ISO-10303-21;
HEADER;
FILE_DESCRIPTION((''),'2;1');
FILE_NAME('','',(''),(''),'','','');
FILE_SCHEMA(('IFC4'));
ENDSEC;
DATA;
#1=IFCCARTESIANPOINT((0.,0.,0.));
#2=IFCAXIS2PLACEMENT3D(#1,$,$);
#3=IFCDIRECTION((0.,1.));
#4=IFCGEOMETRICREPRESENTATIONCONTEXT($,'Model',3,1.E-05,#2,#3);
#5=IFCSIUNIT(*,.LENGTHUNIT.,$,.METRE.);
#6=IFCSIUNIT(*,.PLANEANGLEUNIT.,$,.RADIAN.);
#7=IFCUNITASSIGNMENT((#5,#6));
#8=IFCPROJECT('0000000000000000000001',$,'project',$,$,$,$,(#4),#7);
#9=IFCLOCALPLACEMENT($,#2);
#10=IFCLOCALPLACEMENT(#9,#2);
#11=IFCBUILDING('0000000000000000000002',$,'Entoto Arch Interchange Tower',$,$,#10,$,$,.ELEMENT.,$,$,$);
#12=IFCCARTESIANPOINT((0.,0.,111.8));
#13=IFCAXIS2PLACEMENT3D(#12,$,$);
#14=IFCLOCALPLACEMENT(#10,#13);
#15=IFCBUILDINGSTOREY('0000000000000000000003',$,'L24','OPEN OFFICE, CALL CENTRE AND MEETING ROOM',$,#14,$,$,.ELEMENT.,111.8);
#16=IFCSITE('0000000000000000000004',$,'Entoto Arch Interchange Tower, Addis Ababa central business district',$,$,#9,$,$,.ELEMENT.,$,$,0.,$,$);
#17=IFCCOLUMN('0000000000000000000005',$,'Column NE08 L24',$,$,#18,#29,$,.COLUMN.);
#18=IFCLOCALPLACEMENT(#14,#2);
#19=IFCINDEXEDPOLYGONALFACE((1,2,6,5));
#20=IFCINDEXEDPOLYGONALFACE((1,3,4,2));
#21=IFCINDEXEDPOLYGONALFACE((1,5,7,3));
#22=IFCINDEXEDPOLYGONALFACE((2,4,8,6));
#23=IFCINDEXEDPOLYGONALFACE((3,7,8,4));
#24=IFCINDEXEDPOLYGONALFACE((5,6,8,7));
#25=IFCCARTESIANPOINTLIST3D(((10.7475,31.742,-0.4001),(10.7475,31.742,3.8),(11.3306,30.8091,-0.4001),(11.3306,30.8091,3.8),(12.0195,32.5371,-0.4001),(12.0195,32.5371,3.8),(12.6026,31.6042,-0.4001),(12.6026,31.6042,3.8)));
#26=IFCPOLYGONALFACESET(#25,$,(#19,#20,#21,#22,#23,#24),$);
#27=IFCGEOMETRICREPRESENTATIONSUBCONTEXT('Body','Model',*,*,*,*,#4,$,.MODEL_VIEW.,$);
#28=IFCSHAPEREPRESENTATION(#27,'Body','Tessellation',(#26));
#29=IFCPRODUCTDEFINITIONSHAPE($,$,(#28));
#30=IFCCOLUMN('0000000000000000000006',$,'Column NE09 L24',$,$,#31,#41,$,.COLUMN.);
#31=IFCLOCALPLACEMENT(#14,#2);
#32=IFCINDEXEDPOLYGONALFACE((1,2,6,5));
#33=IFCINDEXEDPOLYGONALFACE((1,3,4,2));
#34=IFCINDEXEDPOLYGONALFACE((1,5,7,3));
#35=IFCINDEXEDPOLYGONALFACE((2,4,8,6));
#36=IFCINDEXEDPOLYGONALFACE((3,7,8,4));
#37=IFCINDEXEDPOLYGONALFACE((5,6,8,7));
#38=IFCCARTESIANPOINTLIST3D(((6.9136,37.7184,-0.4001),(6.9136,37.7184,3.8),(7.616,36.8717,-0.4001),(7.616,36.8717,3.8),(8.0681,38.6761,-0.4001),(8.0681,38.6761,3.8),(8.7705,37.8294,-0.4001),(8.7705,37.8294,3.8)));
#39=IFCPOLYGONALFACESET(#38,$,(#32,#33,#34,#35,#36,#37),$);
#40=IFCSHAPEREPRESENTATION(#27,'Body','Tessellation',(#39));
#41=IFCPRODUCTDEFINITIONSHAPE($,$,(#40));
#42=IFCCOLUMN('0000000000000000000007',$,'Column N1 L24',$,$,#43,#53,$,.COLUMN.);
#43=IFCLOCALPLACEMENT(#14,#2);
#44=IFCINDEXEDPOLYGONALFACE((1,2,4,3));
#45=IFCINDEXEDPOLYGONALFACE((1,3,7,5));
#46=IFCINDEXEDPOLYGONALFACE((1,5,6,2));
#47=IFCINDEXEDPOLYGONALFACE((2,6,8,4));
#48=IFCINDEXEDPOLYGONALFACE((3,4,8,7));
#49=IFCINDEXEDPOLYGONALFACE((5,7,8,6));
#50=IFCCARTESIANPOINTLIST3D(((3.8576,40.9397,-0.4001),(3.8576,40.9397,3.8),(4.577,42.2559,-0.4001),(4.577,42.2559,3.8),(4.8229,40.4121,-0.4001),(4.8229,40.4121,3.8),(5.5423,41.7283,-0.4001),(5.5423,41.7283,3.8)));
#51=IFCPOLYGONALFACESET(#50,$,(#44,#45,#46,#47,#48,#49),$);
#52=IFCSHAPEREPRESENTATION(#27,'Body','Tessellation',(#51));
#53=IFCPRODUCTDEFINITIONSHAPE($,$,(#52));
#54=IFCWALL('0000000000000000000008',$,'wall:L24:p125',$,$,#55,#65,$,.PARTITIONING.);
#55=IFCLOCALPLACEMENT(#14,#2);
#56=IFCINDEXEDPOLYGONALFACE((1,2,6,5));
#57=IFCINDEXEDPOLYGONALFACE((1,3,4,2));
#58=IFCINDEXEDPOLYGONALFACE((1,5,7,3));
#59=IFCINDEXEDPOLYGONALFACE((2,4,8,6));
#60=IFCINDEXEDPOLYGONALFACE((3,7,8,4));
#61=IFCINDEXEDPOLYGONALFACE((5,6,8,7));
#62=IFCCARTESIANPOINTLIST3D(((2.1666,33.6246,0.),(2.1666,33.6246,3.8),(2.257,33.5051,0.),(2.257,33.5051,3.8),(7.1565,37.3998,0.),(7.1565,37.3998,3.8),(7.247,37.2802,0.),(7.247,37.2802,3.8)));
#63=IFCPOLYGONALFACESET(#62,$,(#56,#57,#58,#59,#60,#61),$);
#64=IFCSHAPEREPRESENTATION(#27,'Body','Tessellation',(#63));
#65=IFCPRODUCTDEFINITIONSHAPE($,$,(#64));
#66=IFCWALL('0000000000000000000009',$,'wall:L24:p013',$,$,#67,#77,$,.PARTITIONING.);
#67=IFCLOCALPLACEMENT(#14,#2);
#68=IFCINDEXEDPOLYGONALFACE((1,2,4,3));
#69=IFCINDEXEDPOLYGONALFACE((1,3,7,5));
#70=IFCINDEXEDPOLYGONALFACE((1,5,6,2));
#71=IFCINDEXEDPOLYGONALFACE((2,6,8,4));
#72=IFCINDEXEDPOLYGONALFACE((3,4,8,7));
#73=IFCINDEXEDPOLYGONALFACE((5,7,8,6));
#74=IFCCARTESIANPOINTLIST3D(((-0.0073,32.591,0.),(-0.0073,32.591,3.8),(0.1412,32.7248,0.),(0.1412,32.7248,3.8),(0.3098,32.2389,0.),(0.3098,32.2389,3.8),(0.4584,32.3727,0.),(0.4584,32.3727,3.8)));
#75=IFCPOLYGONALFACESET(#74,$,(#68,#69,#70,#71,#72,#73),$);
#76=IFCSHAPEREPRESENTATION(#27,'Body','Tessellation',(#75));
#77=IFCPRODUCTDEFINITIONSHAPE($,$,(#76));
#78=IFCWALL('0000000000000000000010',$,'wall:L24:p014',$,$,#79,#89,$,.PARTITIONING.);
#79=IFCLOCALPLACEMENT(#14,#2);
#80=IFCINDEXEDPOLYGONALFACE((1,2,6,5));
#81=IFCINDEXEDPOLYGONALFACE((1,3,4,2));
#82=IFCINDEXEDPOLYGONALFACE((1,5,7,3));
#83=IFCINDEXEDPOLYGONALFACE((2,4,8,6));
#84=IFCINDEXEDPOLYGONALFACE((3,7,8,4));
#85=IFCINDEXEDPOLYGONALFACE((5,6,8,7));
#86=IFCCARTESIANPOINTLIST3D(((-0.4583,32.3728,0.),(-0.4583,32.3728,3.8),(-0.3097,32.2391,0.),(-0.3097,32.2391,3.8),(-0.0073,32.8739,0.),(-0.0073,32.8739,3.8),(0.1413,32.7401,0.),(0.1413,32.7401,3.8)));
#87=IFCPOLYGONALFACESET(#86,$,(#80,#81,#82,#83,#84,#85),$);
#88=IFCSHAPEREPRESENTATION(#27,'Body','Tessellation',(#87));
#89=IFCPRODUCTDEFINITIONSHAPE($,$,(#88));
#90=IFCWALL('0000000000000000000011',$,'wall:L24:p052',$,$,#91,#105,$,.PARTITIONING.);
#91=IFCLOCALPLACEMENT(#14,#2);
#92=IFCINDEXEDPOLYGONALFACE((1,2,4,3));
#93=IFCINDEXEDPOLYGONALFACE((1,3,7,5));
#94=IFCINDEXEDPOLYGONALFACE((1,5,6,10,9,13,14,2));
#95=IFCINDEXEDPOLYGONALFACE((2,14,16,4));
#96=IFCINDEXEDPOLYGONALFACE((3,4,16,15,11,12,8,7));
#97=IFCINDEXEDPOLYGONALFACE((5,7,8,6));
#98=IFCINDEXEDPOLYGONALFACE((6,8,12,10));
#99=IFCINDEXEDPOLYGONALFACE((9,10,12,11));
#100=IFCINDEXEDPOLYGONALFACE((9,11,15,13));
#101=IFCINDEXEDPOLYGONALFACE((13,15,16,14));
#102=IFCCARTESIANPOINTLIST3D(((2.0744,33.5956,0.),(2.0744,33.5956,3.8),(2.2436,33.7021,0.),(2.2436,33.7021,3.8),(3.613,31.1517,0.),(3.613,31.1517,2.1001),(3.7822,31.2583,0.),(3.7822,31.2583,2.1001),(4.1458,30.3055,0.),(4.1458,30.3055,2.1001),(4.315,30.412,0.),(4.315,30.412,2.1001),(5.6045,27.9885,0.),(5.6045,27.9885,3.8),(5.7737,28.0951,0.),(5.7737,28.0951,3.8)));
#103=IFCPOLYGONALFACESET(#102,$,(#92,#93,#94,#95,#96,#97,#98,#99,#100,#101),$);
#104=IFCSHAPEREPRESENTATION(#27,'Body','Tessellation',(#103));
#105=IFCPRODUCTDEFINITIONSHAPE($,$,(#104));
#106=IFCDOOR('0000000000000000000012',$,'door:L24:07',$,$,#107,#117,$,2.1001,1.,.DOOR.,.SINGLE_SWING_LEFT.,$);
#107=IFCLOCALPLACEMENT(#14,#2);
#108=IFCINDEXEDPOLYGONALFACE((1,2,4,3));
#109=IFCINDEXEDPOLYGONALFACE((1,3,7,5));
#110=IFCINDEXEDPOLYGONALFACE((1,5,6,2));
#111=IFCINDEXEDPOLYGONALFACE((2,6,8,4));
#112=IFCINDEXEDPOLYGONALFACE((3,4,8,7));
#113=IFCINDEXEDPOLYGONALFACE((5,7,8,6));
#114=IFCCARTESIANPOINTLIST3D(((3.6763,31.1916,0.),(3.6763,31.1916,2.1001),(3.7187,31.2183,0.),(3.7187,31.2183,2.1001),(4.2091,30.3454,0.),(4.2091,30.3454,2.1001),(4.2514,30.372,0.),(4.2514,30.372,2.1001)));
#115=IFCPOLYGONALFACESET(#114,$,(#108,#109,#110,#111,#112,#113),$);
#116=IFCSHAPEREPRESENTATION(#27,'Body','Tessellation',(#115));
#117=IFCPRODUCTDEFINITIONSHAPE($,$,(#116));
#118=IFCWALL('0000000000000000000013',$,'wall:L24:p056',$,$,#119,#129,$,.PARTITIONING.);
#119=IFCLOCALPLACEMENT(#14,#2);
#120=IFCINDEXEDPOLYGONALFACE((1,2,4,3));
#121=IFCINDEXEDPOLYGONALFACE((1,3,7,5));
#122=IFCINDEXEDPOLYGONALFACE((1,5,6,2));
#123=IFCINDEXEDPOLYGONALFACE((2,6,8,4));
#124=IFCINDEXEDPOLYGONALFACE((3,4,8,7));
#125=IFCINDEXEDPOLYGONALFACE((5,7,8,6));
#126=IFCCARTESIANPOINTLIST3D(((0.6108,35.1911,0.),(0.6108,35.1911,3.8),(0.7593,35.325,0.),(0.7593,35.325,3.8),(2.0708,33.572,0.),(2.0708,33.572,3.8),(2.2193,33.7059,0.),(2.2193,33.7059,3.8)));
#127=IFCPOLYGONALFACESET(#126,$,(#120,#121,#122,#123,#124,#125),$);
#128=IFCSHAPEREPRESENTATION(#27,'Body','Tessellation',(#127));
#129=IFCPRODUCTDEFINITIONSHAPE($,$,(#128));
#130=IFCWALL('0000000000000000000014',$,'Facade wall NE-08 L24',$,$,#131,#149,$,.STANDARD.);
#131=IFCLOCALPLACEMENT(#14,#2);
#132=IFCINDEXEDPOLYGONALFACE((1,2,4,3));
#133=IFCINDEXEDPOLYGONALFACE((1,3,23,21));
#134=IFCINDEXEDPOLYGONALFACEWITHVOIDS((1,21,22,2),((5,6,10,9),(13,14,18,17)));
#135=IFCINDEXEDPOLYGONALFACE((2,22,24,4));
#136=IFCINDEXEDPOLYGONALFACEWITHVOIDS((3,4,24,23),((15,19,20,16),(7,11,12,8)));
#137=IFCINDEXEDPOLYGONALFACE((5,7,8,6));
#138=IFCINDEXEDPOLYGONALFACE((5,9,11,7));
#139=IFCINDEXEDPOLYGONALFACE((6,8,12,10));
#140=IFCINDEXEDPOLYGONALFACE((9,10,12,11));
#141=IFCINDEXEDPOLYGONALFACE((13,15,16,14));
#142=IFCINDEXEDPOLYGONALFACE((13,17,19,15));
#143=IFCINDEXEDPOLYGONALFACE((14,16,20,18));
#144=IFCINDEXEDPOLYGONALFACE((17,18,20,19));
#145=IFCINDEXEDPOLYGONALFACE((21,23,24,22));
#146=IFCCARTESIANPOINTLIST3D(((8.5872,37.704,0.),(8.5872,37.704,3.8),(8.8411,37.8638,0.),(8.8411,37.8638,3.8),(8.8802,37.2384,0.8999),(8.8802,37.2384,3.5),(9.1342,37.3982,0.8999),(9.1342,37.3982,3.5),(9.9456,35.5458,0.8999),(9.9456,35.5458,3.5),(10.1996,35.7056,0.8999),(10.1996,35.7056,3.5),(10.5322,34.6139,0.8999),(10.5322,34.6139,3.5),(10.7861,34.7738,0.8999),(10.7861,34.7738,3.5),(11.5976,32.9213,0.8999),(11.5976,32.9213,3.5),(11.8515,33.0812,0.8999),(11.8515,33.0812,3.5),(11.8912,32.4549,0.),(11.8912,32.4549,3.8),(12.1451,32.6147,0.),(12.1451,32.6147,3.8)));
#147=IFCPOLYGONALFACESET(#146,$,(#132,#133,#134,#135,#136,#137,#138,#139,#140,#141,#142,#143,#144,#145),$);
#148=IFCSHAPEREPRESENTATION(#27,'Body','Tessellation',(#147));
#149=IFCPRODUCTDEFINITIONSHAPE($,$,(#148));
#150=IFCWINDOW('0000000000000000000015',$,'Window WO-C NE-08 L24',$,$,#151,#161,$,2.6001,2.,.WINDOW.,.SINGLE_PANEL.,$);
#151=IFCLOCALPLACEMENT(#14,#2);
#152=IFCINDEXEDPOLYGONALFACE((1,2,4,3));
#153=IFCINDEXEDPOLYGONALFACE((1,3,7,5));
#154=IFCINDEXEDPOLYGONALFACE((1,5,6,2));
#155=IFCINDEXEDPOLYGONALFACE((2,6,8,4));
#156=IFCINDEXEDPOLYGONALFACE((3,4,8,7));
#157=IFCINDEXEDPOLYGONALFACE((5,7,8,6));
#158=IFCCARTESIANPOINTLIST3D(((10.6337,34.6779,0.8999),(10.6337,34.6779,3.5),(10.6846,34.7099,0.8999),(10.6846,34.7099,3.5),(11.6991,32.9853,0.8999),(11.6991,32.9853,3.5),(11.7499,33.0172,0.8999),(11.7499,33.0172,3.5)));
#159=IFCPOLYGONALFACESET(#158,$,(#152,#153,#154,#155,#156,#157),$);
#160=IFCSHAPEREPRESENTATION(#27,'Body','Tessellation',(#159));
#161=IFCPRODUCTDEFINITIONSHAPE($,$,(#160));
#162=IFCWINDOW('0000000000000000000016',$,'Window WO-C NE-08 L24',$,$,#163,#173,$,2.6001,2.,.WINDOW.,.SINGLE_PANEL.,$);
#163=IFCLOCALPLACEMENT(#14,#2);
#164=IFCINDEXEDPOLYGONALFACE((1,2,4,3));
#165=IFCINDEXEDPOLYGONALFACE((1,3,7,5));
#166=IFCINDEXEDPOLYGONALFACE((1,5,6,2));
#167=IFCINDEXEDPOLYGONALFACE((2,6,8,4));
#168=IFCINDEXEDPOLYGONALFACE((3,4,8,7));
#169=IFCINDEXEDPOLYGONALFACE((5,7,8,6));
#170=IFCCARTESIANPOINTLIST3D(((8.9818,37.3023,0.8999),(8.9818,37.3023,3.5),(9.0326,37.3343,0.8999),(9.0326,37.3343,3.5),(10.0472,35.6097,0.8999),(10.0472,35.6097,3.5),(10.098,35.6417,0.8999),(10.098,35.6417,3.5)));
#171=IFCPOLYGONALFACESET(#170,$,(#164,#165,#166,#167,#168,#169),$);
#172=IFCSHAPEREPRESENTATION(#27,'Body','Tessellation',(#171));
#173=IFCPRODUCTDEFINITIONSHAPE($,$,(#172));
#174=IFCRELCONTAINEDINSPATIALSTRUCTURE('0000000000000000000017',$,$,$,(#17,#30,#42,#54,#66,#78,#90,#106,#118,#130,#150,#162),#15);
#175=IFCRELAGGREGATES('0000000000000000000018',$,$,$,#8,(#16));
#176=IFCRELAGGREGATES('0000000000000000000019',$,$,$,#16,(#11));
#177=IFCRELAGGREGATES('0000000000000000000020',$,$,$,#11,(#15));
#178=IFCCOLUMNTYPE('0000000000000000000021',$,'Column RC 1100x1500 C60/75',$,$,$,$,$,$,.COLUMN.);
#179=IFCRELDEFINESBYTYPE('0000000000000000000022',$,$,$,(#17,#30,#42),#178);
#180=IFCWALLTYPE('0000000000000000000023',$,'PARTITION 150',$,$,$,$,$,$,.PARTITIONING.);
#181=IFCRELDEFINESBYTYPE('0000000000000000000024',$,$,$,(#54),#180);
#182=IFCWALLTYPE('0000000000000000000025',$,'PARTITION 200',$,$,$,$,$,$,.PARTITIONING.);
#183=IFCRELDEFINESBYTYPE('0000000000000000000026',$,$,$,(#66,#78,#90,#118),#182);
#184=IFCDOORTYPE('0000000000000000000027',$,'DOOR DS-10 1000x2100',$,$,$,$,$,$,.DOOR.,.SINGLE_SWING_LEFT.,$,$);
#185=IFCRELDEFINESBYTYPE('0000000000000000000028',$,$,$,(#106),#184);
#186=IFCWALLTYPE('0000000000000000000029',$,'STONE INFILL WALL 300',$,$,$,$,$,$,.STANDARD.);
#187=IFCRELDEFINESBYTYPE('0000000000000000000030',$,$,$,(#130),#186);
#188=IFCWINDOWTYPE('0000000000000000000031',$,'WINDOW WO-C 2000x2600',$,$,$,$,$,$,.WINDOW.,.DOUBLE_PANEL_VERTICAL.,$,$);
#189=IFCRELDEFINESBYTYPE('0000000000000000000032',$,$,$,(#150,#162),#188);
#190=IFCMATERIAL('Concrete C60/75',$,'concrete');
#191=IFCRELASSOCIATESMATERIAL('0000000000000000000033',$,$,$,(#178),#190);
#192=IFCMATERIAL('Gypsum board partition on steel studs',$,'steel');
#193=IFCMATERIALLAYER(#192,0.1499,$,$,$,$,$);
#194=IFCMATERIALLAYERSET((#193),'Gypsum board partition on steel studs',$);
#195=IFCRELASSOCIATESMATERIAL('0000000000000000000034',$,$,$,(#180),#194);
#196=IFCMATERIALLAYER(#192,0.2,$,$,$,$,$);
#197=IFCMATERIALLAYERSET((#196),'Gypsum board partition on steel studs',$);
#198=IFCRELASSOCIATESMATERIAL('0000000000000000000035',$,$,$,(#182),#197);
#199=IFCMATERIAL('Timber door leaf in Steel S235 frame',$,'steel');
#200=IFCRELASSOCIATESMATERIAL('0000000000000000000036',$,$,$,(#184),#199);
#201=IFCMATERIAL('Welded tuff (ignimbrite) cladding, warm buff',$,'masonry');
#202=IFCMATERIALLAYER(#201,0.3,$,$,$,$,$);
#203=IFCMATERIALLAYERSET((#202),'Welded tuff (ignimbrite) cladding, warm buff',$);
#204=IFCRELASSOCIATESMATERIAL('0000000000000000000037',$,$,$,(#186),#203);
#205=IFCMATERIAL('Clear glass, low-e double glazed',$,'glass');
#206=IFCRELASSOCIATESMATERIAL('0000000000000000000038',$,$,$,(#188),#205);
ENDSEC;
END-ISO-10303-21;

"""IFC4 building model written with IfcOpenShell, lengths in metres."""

from ifc_helpers import new_model, si_unit, direction, frame, frame_2d, origin, origin_2d, place, context, subcontext, project, spatial, rectangle, extrude, material, layer, layer_set, material_profile, profile_set, type_object, element, fill, save


model = new_model("IFC4")

# Units and contexts
model_context = context("Model", 3, precision=1e-05, world=origin(), true_north=direction((0.0, 1.0)))
body_context = subcontext(model_context, "Body", "Model", "MODEL_VIEW")
ifc_project = project(units=[si_unit("LENGTHUNIT", "METRE"), si_unit("PLANEANGLEUNIT", "RADIAN")], contexts=[model_context])

# Site, building, storey
site_placement = place(None, origin())
site = spatial("IfcSite", under=ifc_project, at=site_placement, Name="Entoto Arch Interchange Tower, Addis Ababa central business district", CompositionType="ELEMENT", RefElevation=0.0)
building_placement = place(site_placement, origin())
building = spatial("IfcBuilding", under=site, at=building_placement, Name="Entoto Arch Interchange Tower", CompositionType="ELEMENT")
storey_placement = place(building_placement, frame((0.0, 0.0, 111.8)))
storey = spatial("IfcBuildingStorey", under=building, at=storey_placement, Name="L24", Description="OPEN OFFICE, CALL CENTRE AND MEETING ROOM", CompositionType="ELEMENT", Elevation=111.8)

# Columns
ifc_material_1 = material(Name="Concrete C60/75", Category="concrete")
ifc_material_profile = material_profile(ifc_material_1, rectangle(XDim=1.1001, YDim=1.5, at=origin_2d()))
ifc_profile_set = profile_set([ifc_material_profile], Name="Concrete C60/75")
column_type = type_object("IfcColumnType", Name="Column RC 1100x1500 C60/75", PredefinedType="COLUMN", material=ifc_profile_set)
for number, where, z_axis, x_axis, name in (
    (1, (11.675, 31.6731, -0.4001), (0.0, 0.0, 1.0), (-0.530067, 0.847956, 0.0), "Column NE08 L24"),
    (2, (7.842, 37.7739, -0.4001), (0.0, 0.0, 1.0), (-0.638459, 0.769656, 0.0), "Column NE09 L24"),
    (3, (4.7, 41.334, -0.4001), (0.0, 0.0, 1.0), (-0.877481, 0.479611, 0.0), "Column N1 L24"),
):
    element("IfcColumn", number, at=place(storey_placement, frame(where, z_axis=z_axis, x_axis=x_axis)), inside=storey, type_object=column_type, Name=name, PredefinedType="COLUMN", context=body_context, shape_type="SweptSolid", body=[
        extrude(rectangle(XDim=1.1001, YDim=1.5, at=origin_2d()), origin(), (0.0, 0.0, 1.0), 4.2002),
    ])

# Walls
ifc_material_2 = material(Name="Gypsum board partition on steel studs", Category="steel")
ifc_layer_1 = layer(ifc_material_2, 0.1499)
ifc_layer_set_1 = layer_set([ifc_layer_1], Name="Gypsum board partition on steel studs")
wall_type_1 = type_object("IfcWallType", Name="PARTITION 150", PredefinedType="PARTITIONING", material=ifc_layer_set_1)
wall_1_placement = place(storey_placement, frame((2.2119, 33.5649, 0.0), z_axis=(0.0, 0.0, 1.0), x_axis=(0.797488, 0.603335, 0.0)))
element("IfcWall", 4, at=wall_1_placement, inside=storey, type_object=wall_type_1, Name="wall:L24:p125", PredefinedType="PARTITIONING", context=body_context, shape_type="SweptSolid", body=[
    extrude(rectangle(XDim=6.2571, YDim=0.1499, at=frame_2d((3.1284, 0.0))), origin(), (0.0, 0.0, 1.0), 3.8),
])
ifc_layer_2 = layer(ifc_material_2, 0.2)
ifc_layer_set_2 = layer_set([ifc_layer_2], Name="Gypsum board partition on steel studs")
wall_type_2 = type_object("IfcWallType", Name="PARTITION 200", PredefinedType="PARTITIONING", material=ifc_layer_set_2)
wall_2_placement = place(storey_placement, frame((0.384, 32.3059, 0.0), z_axis=(0.0, 0.0, 1.0), x_axis=(-0.669306, 0.742987, 0.0)))
element("IfcWall", 5, at=wall_2_placement, inside=storey, type_object=wall_type_2, Name="wall:L24:p013", PredefinedType="PARTITIONING", context=body_context, shape_type="SweptSolid", body=[
    extrude(rectangle(XDim=0.4739, YDim=0.2, at=frame_2d((0.2368, 0.0))), origin(), (0.0, 0.0, 1.0), 3.8),
])
wall_3_placement = place(storey_placement, frame((0.0669, 32.8069, 0.0), z_axis=(0.0, 0.0, 1.0), x_axis=(-0.669005, -0.743258, 0.0)))
element("IfcWall", 6, at=wall_3_placement, inside=storey, type_object=wall_type_2, Name="wall:L24:p014", PredefinedType="PARTITIONING", context=body_context, shape_type="SweptSolid", body=[
    extrude(rectangle(XDim=0.6741, YDim=0.2, at=frame_2d((0.3369, 0.0))), origin(), (0.0, 0.0, 1.0), 3.8),
])

# Wall, opening, door
wall_4_placement = place(storey_placement, frame((2.1589, 33.6489, 0.0), z_axis=(0.0, 0.0, 1.0), x_axis=(0.532785, -0.846251, 0.0)))
wall_4 = element("IfcWall", 7, at=wall_4_placement, inside=storey, type_object=wall_type_2, Name="wall:L24:p052", PredefinedType="PARTITIONING", context=body_context, shape_type="SweptSolid", body=[
    extrude(rectangle(XDim=6.6257, YDim=0.2, at=frame_2d((3.313, 0.0))), origin(), (0.0, 0.0, 1.0), 3.8),
])
opening_1_placement = place(wall_4_placement, frame((2.8879, 0.0, 0.0)))
opening_1 = element("IfcOpeningElement", 8, at=opening_1_placement, cuts=wall_4, PredefinedType="OPENING", context=body_context, shape_type="SweptSolid", body=[
    extrude(rectangle(XDim=1.0, YDim=2.1001, at=frame_2d((0.5, 1.05))), frame((0.0, 0.1099, 0.0), z_axis=(0.0, -1.0, 0.0), x_axis=(1.0, 0.0, 0.0)), (0.0, 0.0, 1.0), 0.22),
])
ifc_material_3 = material(Name="Timber door leaf in Steel S235 frame", Category="steel")
door_type = type_object("IfcDoorType", Name="DOOR DS-10 1000x2100", OperationType="SINGLE_SWING_LEFT", PredefinedType="DOOR", material=ifc_material_3)
door_placement = place(opening_1_placement, origin())
door = element("IfcDoor", 9, at=door_placement, inside=storey, type_object=door_type, Name="door:L24:07", OperationType="SINGLE_SWING_LEFT", OverallHeight=2.1001, OverallWidth=1.0, PredefinedType="DOOR", context=body_context, shape_type="SweptSolid", body=[
    extrude(rectangle(XDim=1.0, YDim=2.1001, at=frame_2d((0.5, 1.05))), frame((0.0, 0.0249, 0.0), z_axis=(0.0, -1.0, 0.0), x_axis=(1.0, 0.0, 0.0)), (0.0, 0.0, 1.0), 0.05),
])
fill(opening_1, door)

# Wall
wall_5_placement = place(storey_placement, frame((0.6851, 35.2581, 0.0), z_axis=(0.0, 0.0, 1.0), x_axis=(0.669657, -0.74267, 0.0)))
element("IfcWall", 10, at=wall_5_placement, inside=storey, type_object=wall_type_2, Name="wall:L24:p056", PredefinedType="PARTITIONING", context=body_context, shape_type="SweptSolid", body=[
    extrude(rectangle(XDim=2.1802, YDim=0.2, at=frame_2d((1.0901, 0.0))), origin(), (0.0, 0.0, 1.0), 3.8),
])

# Wall, openings, windows
ifc_material_4 = material(Name="Welded tuff (ignimbrite) cladding, warm buff", Category="masonry")
ifc_layer_3 = layer(ifc_material_4, 0.3)
ifc_layer_set_3 = layer_set([ifc_layer_3], Name="Welded tuff (ignimbrite) cladding, warm buff")
wall_type_3 = type_object("IfcWallType", Name="STONE INFILL WALL 300", PredefinedType="STANDARD", material=ifc_layer_set_3)
wall_6_placement = place(storey_placement, frame((12.0181, 32.5349, 0.0), z_axis=(0.0, 0.0, 1.0), x_axis=(-0.532699, 0.846304, 0.0)))
wall_6 = element("IfcWall", 11, at=wall_6_placement, inside=storey, type_object=wall_type_3, Name="Facade wall NE-08 L24", PredefinedType="STANDARD", context=body_context, shape_type="SweptSolid", body=[
    extrude(rectangle(XDim=6.2024, YDim=0.3, at=frame_2d((3.1011, 0.0))), origin(), (0.0, 0.0, 1.0), 3.8),
])
opening_2_placement = place(wall_6_placement, frame((0.551, 0.0, 0.8999)))
opening_2 = element("IfcOpeningElement", 12, at=opening_2_placement, cuts=wall_6, PredefinedType="OPENING", context=body_context, shape_type="SweptSolid", body=[
    extrude(rectangle(XDim=2.0, YDim=2.6001, at=frame_2d((1.0, 1.3))), frame((0.0, 0.1602, 0.0), z_axis=(0.0, -1.0, 0.0), x_axis=(1.0, 0.0, 0.0)), (0.0, 0.0, 1.0), 0.3201),
])
opening_3_placement = place(wall_6_placement, frame((3.6521, 0.0, 0.8999)))
opening_3 = element("IfcOpeningElement", 13, at=opening_3_placement, cuts=wall_6, PredefinedType="OPENING", context=body_context, shape_type="SweptSolid", body=[
    extrude(rectangle(XDim=2.0, YDim=2.6001, at=frame_2d((1.0, 1.3))), frame((0.0, 0.1602, 0.0), z_axis=(0.0, -1.0, 0.0), x_axis=(1.0, 0.0, 0.0)), (0.0, 0.0, 1.0), 0.3201),
])
ifc_material_5 = material(Name="Clear glass, low-e double glazed", Category="glass")
window_type_1 = type_object("IfcWindowType", Name="WINDOW WO-C 2000x2600", PartitioningType="DOUBLE_PANEL_VERTICAL", PredefinedType="WINDOW", material=ifc_material_5)
window_1_placement = place(opening_2_placement, origin())
window_1 = element("IfcWindow", 14, at=window_1_placement, inside=storey, type_object=window_type_1, Name="Window WO-C NE-08 L24", OverallHeight=2.6001, OverallWidth=2.0, PartitioningType="SINGLE_PANEL", PredefinedType="WINDOW", context=body_context, shape_type="SweptSolid", body=[
    extrude(rectangle(XDim=2.0, YDim=2.6001, at=frame_2d((1.0, 1.3))), frame((0.0, 0.03, 0.0), z_axis=(0.0, -1.0, 0.0), x_axis=(1.0, 0.0, 0.0)), (0.0, 0.0, 1.0), 0.0601),
])
fill(opening_2, window_1)
window_2_placement = place(opening_3_placement, origin())
window_2 = element("IfcWindow", 15, at=window_2_placement, inside=storey, type_object=window_type_1, Name="Window WO-C NE-08 L24", OverallHeight=2.6001, OverallWidth=2.0, PartitioningType="SINGLE_PANEL", PredefinedType="WINDOW", context=body_context, shape_type="SweptSolid", body=[
    extrude(rectangle(XDim=2.0, YDim=2.6001, at=frame_2d((1.0, 1.3))), frame((0.0, 0.03, 0.0), z_axis=(0.0, -1.0, 0.0), x_axis=(1.0, 0.0, 0.0)), (0.0, 0.0, 1.0), 0.0601),
])
fill(opening_3, window_2)

save(model, "model.ifc")
